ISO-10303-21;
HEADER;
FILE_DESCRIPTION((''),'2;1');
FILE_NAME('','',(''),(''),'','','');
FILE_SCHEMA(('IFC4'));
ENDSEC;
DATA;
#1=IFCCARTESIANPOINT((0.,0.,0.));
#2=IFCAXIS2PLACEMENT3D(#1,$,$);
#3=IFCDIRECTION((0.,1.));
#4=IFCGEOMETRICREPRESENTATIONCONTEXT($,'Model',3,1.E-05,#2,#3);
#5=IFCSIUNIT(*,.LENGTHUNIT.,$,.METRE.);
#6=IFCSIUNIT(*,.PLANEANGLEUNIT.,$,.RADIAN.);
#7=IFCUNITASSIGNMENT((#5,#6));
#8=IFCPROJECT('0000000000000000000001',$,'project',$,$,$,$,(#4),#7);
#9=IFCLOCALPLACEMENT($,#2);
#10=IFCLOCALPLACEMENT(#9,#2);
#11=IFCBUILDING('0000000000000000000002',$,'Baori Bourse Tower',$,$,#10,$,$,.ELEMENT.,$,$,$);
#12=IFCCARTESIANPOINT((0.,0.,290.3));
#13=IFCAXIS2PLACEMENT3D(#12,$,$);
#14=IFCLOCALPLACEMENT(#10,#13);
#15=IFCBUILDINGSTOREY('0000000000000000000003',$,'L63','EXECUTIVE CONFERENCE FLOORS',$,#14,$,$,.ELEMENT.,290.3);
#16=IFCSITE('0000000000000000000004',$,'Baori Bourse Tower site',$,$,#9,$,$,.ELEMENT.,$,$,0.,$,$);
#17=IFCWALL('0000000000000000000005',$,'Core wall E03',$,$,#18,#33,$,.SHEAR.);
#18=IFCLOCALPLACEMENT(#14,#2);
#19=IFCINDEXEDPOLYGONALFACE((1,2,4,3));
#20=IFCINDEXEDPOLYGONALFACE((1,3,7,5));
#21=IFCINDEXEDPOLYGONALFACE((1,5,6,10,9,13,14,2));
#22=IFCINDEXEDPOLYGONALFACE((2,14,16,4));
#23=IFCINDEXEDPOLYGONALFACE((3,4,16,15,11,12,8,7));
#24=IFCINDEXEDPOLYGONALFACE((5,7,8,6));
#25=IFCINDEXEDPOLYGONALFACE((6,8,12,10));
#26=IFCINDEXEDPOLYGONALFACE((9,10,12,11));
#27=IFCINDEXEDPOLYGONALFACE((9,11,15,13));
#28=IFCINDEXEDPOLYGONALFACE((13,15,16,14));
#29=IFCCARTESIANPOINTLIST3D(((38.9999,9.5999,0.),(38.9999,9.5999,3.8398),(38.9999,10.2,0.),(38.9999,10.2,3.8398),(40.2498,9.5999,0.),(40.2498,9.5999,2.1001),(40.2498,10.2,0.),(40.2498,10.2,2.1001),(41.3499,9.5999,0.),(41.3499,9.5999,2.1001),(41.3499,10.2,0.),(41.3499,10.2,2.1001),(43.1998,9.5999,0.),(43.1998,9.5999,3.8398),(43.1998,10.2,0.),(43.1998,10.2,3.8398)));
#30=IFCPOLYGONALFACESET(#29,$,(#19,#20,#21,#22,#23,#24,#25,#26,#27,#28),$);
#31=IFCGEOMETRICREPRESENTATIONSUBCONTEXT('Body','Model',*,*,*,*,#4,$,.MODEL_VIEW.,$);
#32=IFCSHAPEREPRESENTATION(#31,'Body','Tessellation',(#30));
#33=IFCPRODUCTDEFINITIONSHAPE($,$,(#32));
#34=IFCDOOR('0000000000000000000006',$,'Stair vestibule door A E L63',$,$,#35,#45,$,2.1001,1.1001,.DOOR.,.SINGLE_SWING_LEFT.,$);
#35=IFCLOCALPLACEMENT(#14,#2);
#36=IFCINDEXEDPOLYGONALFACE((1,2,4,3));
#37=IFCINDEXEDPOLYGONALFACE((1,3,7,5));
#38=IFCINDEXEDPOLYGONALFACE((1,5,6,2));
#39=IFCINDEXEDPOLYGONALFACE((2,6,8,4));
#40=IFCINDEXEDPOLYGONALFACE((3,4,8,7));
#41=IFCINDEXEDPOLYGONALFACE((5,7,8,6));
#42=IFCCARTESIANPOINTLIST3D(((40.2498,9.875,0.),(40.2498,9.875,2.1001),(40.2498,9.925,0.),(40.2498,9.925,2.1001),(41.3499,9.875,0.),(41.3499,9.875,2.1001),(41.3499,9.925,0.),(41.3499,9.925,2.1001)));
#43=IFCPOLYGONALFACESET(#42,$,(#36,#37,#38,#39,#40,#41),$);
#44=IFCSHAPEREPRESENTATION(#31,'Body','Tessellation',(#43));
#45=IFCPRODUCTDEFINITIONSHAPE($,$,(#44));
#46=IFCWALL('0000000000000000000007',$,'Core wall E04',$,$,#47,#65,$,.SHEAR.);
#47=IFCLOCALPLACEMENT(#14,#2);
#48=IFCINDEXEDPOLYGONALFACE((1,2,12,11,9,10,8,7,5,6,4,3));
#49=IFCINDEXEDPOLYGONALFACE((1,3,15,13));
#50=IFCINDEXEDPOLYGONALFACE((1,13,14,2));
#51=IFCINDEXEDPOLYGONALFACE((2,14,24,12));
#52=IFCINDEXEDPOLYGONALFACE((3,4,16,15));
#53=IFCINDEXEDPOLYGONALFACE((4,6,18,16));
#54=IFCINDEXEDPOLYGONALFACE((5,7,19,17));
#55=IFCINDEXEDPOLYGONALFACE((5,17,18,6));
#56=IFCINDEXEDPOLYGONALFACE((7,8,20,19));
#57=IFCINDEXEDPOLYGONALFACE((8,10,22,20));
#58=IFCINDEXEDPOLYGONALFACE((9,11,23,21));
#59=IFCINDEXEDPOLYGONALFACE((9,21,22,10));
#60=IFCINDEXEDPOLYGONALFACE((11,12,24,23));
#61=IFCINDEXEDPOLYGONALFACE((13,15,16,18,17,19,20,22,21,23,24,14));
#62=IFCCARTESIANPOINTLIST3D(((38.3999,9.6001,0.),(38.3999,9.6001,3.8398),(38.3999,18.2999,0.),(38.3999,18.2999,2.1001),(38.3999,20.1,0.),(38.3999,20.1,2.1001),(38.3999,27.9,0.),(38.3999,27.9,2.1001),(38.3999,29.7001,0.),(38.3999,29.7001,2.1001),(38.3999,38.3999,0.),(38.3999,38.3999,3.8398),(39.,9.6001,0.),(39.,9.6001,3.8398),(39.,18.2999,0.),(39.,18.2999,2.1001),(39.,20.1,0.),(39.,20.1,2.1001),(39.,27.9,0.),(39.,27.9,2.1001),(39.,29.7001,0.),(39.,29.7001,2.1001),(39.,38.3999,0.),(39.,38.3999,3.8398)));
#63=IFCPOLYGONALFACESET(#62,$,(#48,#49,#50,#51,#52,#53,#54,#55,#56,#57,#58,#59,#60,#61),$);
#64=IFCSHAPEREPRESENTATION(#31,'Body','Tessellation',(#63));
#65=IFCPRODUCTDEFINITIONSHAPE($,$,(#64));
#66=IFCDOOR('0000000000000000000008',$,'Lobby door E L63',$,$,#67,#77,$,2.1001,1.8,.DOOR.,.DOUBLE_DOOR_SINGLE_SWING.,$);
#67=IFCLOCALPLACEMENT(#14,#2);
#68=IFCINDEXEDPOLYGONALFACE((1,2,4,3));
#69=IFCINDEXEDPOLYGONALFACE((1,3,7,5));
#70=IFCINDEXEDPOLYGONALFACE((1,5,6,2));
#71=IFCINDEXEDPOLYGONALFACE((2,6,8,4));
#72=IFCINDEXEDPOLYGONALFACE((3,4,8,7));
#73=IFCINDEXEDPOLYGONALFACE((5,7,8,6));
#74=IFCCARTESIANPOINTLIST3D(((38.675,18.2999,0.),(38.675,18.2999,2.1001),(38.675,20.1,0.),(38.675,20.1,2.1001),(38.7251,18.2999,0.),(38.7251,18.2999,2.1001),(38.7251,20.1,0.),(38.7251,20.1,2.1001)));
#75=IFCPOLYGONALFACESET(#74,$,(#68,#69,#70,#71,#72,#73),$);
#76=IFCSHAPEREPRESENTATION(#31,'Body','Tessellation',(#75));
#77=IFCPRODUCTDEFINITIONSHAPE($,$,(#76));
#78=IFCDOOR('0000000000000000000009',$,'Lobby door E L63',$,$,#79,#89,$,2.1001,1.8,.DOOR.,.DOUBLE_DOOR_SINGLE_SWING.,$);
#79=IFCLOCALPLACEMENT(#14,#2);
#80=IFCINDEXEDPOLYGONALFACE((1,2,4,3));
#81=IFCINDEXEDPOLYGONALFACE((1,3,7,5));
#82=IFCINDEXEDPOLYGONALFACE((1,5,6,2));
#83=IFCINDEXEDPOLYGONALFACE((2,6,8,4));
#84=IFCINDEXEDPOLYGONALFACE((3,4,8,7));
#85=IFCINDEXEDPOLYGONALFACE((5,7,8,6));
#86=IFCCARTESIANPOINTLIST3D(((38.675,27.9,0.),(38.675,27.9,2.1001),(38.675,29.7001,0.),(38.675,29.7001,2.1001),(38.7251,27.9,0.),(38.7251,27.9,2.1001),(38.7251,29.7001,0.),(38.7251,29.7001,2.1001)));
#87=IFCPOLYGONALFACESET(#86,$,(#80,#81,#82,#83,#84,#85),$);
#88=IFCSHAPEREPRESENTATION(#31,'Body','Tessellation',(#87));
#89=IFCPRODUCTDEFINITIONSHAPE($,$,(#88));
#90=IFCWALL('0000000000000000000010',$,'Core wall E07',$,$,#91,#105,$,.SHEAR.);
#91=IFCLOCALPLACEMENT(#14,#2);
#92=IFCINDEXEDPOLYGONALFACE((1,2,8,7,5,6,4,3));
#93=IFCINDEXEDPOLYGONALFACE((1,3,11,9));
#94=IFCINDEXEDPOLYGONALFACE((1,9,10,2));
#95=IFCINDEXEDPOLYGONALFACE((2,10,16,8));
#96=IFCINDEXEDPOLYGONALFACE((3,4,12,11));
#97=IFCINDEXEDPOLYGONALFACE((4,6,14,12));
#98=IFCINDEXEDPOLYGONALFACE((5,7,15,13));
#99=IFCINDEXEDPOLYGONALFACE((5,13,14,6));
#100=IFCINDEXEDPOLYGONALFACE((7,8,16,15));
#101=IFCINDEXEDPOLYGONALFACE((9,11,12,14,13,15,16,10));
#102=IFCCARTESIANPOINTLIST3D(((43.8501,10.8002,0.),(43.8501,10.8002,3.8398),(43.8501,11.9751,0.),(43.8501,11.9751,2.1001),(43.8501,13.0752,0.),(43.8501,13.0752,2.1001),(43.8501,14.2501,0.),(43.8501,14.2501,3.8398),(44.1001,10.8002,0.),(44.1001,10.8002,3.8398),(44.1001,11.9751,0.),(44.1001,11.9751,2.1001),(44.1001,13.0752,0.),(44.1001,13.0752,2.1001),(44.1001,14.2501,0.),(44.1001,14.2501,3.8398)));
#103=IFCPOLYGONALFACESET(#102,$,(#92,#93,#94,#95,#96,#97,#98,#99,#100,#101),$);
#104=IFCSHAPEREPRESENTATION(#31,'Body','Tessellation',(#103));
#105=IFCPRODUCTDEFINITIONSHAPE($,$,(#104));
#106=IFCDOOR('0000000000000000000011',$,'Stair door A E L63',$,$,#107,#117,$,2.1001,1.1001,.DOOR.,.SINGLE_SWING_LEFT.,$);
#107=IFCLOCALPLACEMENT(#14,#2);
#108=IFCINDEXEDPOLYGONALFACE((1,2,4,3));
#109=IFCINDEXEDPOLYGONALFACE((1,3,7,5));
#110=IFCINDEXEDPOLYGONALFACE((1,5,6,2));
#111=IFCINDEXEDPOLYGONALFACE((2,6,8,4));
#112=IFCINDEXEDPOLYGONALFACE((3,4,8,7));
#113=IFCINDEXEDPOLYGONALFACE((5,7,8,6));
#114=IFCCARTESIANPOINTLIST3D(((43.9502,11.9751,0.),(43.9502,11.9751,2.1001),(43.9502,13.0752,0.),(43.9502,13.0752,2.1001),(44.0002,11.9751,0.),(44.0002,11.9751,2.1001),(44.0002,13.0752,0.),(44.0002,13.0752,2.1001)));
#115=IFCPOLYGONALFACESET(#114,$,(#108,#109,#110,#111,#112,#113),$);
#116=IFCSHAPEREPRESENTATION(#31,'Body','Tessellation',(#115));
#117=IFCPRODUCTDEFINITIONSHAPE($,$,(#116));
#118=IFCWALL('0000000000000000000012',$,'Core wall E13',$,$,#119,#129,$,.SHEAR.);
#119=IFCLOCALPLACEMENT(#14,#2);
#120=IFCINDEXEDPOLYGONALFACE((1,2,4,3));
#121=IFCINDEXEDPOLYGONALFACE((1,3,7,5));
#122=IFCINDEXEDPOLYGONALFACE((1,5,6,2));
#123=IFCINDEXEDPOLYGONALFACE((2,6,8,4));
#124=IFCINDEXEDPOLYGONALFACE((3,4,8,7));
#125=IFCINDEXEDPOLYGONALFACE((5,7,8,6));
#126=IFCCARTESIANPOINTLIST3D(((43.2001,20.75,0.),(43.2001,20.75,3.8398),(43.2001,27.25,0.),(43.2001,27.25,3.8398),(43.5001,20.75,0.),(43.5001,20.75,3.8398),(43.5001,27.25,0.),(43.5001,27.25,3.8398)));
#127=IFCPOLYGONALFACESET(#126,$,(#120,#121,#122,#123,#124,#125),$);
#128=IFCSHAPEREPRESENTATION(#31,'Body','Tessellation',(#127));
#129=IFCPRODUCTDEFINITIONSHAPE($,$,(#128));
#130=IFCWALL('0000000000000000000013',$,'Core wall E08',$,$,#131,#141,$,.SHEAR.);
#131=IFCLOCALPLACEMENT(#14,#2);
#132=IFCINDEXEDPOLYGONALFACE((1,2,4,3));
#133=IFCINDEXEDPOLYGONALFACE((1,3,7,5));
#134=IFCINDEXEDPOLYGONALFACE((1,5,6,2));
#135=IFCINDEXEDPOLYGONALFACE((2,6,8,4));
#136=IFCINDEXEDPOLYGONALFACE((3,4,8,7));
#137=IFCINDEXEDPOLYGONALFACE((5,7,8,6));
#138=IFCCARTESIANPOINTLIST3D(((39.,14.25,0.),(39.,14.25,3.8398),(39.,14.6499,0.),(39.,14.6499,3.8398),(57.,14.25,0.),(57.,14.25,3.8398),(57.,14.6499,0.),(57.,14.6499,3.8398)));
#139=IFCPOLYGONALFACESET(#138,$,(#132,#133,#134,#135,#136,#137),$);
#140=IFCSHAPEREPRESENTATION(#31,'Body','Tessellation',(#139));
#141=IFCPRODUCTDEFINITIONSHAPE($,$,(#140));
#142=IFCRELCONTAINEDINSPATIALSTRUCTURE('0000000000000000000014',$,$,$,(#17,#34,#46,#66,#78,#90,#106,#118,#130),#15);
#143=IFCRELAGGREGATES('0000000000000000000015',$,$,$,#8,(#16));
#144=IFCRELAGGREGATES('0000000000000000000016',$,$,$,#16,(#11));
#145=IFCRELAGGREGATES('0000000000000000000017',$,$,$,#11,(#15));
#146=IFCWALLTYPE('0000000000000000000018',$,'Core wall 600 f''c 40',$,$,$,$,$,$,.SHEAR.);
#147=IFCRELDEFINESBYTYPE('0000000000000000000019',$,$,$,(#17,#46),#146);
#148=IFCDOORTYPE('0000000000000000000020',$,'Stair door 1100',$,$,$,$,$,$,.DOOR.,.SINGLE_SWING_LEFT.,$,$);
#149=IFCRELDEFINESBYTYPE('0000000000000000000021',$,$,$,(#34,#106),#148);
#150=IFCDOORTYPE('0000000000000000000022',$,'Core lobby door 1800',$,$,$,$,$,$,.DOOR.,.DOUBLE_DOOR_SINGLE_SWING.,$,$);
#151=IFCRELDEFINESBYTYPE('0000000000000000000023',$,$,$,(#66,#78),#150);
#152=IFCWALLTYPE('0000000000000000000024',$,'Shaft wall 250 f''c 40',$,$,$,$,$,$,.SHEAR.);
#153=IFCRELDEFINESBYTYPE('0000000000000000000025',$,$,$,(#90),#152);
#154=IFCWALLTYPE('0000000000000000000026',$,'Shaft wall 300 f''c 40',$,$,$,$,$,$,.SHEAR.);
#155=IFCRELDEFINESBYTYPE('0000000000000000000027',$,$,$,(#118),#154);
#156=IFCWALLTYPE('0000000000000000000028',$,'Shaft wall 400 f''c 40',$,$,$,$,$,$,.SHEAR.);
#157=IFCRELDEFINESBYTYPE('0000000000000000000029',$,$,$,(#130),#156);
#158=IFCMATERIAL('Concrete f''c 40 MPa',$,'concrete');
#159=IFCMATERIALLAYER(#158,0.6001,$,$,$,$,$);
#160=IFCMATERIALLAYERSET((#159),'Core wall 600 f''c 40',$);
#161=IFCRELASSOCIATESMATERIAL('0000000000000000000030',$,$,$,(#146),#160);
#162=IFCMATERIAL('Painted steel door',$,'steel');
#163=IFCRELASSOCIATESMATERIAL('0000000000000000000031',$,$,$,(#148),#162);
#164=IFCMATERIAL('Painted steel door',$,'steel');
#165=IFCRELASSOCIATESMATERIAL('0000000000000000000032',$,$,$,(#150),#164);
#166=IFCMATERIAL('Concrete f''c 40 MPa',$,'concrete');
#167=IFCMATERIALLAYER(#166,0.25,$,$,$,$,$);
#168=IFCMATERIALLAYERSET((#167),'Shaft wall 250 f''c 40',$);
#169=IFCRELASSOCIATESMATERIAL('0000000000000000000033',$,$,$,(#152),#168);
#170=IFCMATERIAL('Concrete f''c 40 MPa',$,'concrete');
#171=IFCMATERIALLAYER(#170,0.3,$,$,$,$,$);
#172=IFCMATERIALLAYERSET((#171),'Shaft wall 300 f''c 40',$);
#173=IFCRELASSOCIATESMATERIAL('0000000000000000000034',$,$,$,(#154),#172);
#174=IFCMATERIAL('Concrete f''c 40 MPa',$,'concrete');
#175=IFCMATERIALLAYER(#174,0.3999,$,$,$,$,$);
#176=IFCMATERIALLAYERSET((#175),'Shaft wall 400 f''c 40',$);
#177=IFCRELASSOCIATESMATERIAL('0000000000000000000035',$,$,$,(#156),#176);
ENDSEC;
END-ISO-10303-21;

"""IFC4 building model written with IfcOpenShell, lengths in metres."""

from ifc_helpers import new_model, si_unit, direction, frame, frame_2d, origin, place, context, subcontext, project, spatial, rectangle, extrude, material, layer, layer_set, type_object, element, fill, save


model = new_model("IFC4")

# Units and contexts
model_context = context("Model", 3, precision=1e-05, world=origin(), true_north=direction((0.0, 1.0)))
body_context = subcontext(model_context, "Body", "Model", "MODEL_VIEW")
ifc_project = project(units=[si_unit("LENGTHUNIT", "METRE"), si_unit("PLANEANGLEUNIT", "RADIAN")], contexts=[model_context])

# Site, building, storey
site_placement = place(None, origin())
site = spatial("IfcSite", under=ifc_project, at=site_placement, Name="Baori Bourse Tower site", CompositionType="ELEMENT", RefElevation=0.0)
building_placement = place(site_placement, origin())
building = spatial("IfcBuilding", under=site, at=building_placement, Name="Baori Bourse Tower", CompositionType="ELEMENT")
storey_placement = place(building_placement, frame((0.0, 0.0, 290.3)))
storey = spatial("IfcBuildingStorey", under=building, at=storey_placement, Name="L63", Description="EXECUTIVE CONFERENCE FLOORS", CompositionType="ELEMENT", Elevation=290.3)

# Shared definitions
ifc_material_1 = material(Name="Concrete f'c 40 MPa", Category="concrete")
ifc_layer_1 = layer(ifc_material_1, 0.6001)
ifc_layer_set_1 = layer_set([ifc_layer_1], Name="Core wall 600 f'c 40")
wall_type_1 = type_object("IfcWallType", Name="Core wall 600 f'c 40", PredefinedType="SHEAR", material=ifc_layer_set_1)

# Wall, opening, door
wall_1_placement = place(storey_placement, frame((43.2, 9.8999, 0.0), z_axis=(0.0, 0.0, 1.0), x_axis=(-1.0, 0.0, 0.0)))
wall_1 = element("IfcWall", 1, at=wall_1_placement, inside=storey, type_object=wall_type_1, Name="Core wall E03", PredefinedType="SHEAR", context=body_context, shape_type="SweptSolid", body=[
    extrude(rectangle(XDim=4.2, YDim=0.6001, at=frame_2d((2.1001, 0.0))), origin(), (0.0, 0.0, 1.0), 3.8398),
])
opening_1_placement = place(wall_1_placement, frame((1.8501, 0.0, 0.0)))
opening_1 = element("IfcOpeningElement", 2, at=opening_1_placement, cuts=wall_1, PredefinedType="OPENING", context=body_context, shape_type="SweptSolid", body=[
    extrude(rectangle(XDim=1.1001, YDim=2.1001, at=frame_2d((0.55, 1.05))), frame((0.0, 0.3101, 0.0), z_axis=(0.0, -1.0, 0.0), x_axis=(1.0, 0.0, 0.0)), (0.0, 0.0, 1.0), 0.6201),
])
ifc_material_2 = material(Name="Painted steel door", Category="steel")
door_type_1 = type_object("IfcDoorType", Name="Stair door 1100", OperationType="SINGLE_SWING_LEFT", PredefinedType="DOOR", material=ifc_material_2)
door_1_placement = place(opening_1_placement, origin())
door_1 = element("IfcDoor", 3, at=door_1_placement, inside=storey, type_object=door_type_1, Name="Stair vestibule door A E L63", OperationType="SINGLE_SWING_LEFT", OverallHeight=2.1001, OverallWidth=1.1001, PredefinedType="DOOR", context=body_context, shape_type="SweptSolid", body=[
    extrude(rectangle(XDim=1.1001, YDim=2.1001, at=frame_2d((0.55, 1.05))), frame((0.0, 0.0249, 0.0), z_axis=(0.0, -1.0, 0.0), x_axis=(1.0, 0.0, 0.0)), (0.0, 0.0, 1.0), 0.05),
])
fill(opening_1, door_1)

# Wall, openings, doors
wall_2_placement = place(storey_placement, frame((38.7, 9.6001, 0.0), z_axis=(0.0, 0.0, 1.0), x_axis=(0.0, 1.0, 0.0)))
wall_2 = element("IfcWall", 4, at=wall_2_placement, inside=storey, type_object=wall_type_1, Name="Core wall E04", PredefinedType="SHEAR", context=body_context, shape_type="SweptSolid", body=[
    extrude(rectangle(XDim=28.7998, YDim=0.6001, at=frame_2d((14.3999, 0.0))), origin(), (0.0, 0.0, 1.0), 3.8398),
])
opening_2_placement = place(wall_2_placement, frame((8.7, 0.0, 0.0)))
opening_2 = element("IfcOpeningElement", 5, at=opening_2_placement, cuts=wall_2, PredefinedType="OPENING", context=body_context, shape_type="SweptSolid", body=[
    extrude(rectangle(XDim=1.8, YDim=2.1001, at=frame_2d((0.8999, 1.05))), frame((0.0, 0.3101, 0.0), z_axis=(0.0, -1.0, 0.0), x_axis=(1.0, 0.0, 0.0)), (0.0, 0.0, 1.0), 0.6201),
])
opening_3_placement = place(wall_2_placement, frame((18.3, 0.0, 0.0)))
opening_3 = element("IfcOpeningElement", 6, at=opening_3_placement, cuts=wall_2, PredefinedType="OPENING", context=body_context, shape_type="SweptSolid", body=[
    extrude(rectangle(XDim=1.8, YDim=2.1001, at=frame_2d((0.8999, 1.05))), frame((0.0, 0.3101, 0.0), z_axis=(0.0, -1.0, 0.0), x_axis=(1.0, 0.0, 0.0)), (0.0, 0.0, 1.0), 0.6201),
])
ifc_material_3 = material(Name="Painted steel door", Category="steel")
door_type_2 = type_object("IfcDoorType", Name="Core lobby door 1800", OperationType="DOUBLE_DOOR_SINGLE_SWING", PredefinedType="DOOR", material=ifc_material_3)
door_2_placement = place(opening_2_placement, origin())
door_2 = element("IfcDoor", 7, at=door_2_placement, inside=storey, type_object=door_type_2, Name="Lobby door E L63", OperationType="DOUBLE_DOOR_SINGLE_SWING", OverallHeight=2.1001, OverallWidth=1.8, PredefinedType="DOOR", context=body_context, shape_type="SweptSolid", body=[
    extrude(rectangle(XDim=1.8, YDim=2.1001, at=frame_2d((0.8999, 1.05))), frame((0.0, 0.0249, 0.0), z_axis=(0.0, -1.0, 0.0), x_axis=(1.0, 0.0, 0.0)), (0.0, 0.0, 1.0), 0.05),
])
fill(opening_2, door_2)
door_3_placement = place(opening_3_placement, origin())
door_3 = element("IfcDoor", 8, at=door_3_placement, inside=storey, type_object=door_type_2, Name="Lobby door E L63", OperationType="DOUBLE_DOOR_SINGLE_SWING", OverallHeight=2.1001, OverallWidth=1.8, PredefinedType="DOOR", context=body_context, shape_type="SweptSolid", body=[
    extrude(rectangle(XDim=1.8, YDim=2.1001, at=frame_2d((0.8999, 1.05))), frame((0.0, 0.0249, 0.0), z_axis=(0.0, -1.0, 0.0), x_axis=(1.0, 0.0, 0.0)), (0.0, 0.0, 1.0), 0.05),
])
fill(opening_3, door_3)

# Wall, opening, door
ifc_material_4 = material(Name="Concrete f'c 40 MPa", Category="concrete")
ifc_layer_2 = layer(ifc_material_4, 0.25)
ifc_layer_set_2 = layer_set([ifc_layer_2], Name="Shaft wall 250 f'c 40")
wall_type_2 = type_object("IfcWallType", Name="Shaft wall 250 f'c 40", PredefinedType="SHEAR", material=ifc_layer_set_2)
wall_3_placement = place(storey_placement, frame((43.9751, 10.8, 0.0), z_axis=(0.0, 0.0, 1.0), x_axis=(0.0, 1.0, 0.0)))
wall_3 = element("IfcWall", 9, at=wall_3_placement, inside=storey, type_object=wall_type_2, Name="Core wall E07", PredefinedType="SHEAR", context=body_context, shape_type="SweptSolid", body=[
    extrude(rectangle(XDim=3.45, YDim=0.25, at=frame_2d((1.7251, 0.0))), origin(), (0.0, 0.0, 1.0), 3.8398),
])
opening_4_placement = place(wall_3_placement, frame((1.175, 0.0, 0.0)))
opening_4 = element("IfcOpeningElement", 10, at=opening_4_placement, cuts=wall_3, PredefinedType="OPENING", context=body_context, shape_type="SweptSolid", body=[
    extrude(rectangle(XDim=1.1001, YDim=2.1001, at=frame_2d((0.55, 1.05))), frame((0.0, 0.135, 0.0), z_axis=(0.0, -1.0, 0.0), x_axis=(1.0, 0.0, 0.0)), (0.0, 0.0, 1.0), 0.27),
])
door_4_placement = place(opening_4_placement, origin())
door_4 = element("IfcDoor", 11, at=door_4_placement, inside=storey, type_object=door_type_1, Name="Stair door A E L63", OperationType="SINGLE_SWING_LEFT", OverallHeight=2.1001, OverallWidth=1.1001, PredefinedType="DOOR", context=body_context, shape_type="SweptSolid", body=[
    extrude(rectangle(XDim=1.1001, YDim=2.1001, at=frame_2d((0.55, 1.05))), frame((0.0, 0.0249, 0.0), z_axis=(0.0, -1.0, 0.0), x_axis=(1.0, 0.0, 0.0)), (0.0, 0.0, 1.0), 0.05),
])
fill(opening_4, door_4)

# Walls
ifc_material_5 = material(Name="Concrete f'c 40 MPa", Category="concrete")
ifc_layer_3 = layer(ifc_material_5, 0.3)
ifc_layer_set_3 = layer_set([ifc_layer_3], Name="Shaft wall 300 f'c 40")
wall_type_3 = type_object("IfcWallType", Name="Shaft wall 300 f'c 40", PredefinedType="SHEAR", material=ifc_layer_set_3)
wall_4_placement = place(storey_placement, frame((43.3501, 20.75, 0.0), z_axis=(0.0, 0.0, 1.0), x_axis=(0.0, 1.0, 0.0)))
element("IfcWall", 12, at=wall_4_placement, inside=storey, type_object=wall_type_3, Name="Core wall E13", PredefinedType="SHEAR", context=body_context, shape_type="SweptSolid", body=[
    extrude(rectangle(XDim=6.5, YDim=0.3, at=frame_2d((3.25, 0.0))), origin(), (0.0, 0.0, 1.0), 3.8398),
])
ifc_material_6 = material(Name="Concrete f'c 40 MPa", Category="concrete")
ifc_layer_4 = layer(ifc_material_6, 0.3999)
ifc_layer_set_4 = layer_set([ifc_layer_4], Name="Shaft wall 400 f'c 40")
wall_type_4 = type_object("IfcWallType", Name="Shaft wall 400 f'c 40", PredefinedType="SHEAR", material=ifc_layer_set_4)
wall_5_placement = place(storey_placement, frame((39.0, 14.45, 0.0), z_axis=(0.0, 0.0, 1.0), x_axis=(1.0, 0.0, 0.0)))
element("IfcWall", 13, at=wall_5_placement, inside=storey, type_object=wall_type_4, Name="Core wall E08", PredefinedType="SHEAR", context=body_context, shape_type="SweptSolid", body=[
    extrude(rectangle(XDim=18.0, YDim=0.3999, at=frame_2d((9.0, 0.0))), origin(), (0.0, 0.0, 1.0), 3.8398),
])

save(model, "model.ifc")
